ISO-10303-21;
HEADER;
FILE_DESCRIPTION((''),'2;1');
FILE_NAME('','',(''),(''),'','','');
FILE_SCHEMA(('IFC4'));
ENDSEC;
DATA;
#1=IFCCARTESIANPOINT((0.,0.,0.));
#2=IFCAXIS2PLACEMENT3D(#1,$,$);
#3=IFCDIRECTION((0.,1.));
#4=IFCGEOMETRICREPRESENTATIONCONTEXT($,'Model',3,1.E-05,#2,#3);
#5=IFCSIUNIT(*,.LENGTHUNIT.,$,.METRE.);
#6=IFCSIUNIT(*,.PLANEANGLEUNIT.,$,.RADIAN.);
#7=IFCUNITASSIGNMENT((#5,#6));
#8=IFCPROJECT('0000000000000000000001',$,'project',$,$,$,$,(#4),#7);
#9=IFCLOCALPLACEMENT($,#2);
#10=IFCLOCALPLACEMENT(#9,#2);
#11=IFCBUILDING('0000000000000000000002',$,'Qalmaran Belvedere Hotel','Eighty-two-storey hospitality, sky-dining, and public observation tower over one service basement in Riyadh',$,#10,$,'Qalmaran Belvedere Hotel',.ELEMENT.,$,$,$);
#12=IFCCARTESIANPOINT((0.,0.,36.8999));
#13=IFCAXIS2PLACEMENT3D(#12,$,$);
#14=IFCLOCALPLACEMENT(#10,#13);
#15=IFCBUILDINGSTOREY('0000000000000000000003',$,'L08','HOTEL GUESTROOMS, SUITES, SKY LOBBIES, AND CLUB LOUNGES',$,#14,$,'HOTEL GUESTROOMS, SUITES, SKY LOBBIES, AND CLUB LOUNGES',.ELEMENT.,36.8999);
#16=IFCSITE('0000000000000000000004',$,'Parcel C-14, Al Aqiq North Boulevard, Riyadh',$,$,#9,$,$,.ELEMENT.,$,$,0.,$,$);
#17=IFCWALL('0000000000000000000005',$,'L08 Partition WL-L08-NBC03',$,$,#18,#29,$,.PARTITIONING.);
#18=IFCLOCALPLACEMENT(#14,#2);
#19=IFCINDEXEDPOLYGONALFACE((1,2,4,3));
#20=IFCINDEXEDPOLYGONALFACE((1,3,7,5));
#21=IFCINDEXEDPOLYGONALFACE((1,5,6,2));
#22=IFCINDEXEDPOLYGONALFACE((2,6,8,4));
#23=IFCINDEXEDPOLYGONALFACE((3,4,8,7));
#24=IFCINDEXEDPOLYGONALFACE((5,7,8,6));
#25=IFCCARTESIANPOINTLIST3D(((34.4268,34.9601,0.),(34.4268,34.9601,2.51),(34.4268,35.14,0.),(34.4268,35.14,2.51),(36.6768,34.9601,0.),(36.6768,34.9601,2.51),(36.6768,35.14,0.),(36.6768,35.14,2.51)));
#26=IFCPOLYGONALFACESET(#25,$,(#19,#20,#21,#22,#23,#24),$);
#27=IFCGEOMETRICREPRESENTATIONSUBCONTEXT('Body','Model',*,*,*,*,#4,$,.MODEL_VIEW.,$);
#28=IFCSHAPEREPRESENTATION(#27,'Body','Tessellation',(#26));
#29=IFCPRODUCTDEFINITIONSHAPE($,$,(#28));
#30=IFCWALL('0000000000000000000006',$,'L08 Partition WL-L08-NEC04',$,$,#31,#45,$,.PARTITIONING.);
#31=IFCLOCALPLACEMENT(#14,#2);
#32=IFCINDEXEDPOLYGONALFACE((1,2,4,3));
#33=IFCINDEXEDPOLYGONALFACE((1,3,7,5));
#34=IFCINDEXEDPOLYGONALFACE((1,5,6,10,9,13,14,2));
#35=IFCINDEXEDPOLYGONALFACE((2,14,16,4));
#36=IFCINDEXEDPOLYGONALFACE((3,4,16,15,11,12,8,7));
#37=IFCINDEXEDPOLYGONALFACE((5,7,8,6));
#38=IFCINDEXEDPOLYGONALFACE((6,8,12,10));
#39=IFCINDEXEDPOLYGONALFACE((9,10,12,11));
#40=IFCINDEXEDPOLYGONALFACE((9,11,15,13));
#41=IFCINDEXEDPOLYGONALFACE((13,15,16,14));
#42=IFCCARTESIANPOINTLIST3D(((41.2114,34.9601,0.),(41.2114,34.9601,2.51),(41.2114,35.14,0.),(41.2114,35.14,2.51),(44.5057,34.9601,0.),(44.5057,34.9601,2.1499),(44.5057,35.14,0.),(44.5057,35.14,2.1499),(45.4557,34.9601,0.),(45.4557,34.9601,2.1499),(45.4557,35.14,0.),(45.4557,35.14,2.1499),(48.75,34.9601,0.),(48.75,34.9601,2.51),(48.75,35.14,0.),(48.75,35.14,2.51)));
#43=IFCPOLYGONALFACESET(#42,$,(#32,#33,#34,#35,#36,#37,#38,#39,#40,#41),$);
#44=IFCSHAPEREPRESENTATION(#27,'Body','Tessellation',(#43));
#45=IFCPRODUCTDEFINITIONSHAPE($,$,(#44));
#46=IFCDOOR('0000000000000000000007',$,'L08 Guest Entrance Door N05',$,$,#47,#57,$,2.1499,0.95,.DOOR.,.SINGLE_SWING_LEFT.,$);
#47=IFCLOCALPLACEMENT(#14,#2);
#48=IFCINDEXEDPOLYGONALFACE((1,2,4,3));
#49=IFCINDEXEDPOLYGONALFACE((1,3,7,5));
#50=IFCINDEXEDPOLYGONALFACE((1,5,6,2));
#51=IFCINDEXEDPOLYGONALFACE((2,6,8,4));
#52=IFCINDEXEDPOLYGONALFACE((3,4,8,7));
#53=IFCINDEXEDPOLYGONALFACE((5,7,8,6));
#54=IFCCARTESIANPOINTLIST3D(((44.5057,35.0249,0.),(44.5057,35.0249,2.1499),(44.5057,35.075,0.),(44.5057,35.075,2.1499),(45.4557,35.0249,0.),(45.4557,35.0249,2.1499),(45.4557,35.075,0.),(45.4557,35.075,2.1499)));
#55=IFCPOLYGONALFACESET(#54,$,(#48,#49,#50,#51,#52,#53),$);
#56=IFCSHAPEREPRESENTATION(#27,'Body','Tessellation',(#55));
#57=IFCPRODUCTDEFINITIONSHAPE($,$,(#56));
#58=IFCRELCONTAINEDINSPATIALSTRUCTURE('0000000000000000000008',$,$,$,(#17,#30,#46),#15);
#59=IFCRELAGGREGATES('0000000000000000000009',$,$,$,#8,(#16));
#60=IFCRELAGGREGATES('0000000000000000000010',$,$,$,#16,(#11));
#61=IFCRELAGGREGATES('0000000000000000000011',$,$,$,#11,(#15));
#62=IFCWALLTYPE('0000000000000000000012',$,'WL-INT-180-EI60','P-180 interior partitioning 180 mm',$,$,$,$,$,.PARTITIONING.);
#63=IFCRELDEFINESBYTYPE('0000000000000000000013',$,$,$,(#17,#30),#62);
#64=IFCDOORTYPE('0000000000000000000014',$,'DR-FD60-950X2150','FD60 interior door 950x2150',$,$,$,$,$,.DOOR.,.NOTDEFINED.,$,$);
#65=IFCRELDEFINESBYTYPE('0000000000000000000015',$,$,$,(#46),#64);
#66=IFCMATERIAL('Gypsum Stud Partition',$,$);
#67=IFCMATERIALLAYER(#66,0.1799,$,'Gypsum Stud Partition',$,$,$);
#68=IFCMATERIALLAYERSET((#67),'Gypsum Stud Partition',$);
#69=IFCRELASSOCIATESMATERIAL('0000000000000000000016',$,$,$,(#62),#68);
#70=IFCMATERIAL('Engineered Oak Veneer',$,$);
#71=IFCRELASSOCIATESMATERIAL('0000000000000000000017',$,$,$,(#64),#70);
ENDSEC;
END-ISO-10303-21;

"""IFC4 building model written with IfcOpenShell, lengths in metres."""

from ifc_helpers import new_model, si_unit, direction, frame, frame_2d, origin, place, context, subcontext, project, spatial, rectangle, extrude, material, layer, layer_set, type_object, element, fill, save


model = new_model("IFC4")

# Units and contexts
model_context = context("Model", 3, precision=1e-05, world=origin(), true_north=direction((0.0, 1.0)))
body_context = subcontext(model_context, "Body", "Model", "MODEL_VIEW")
ifc_project = project(units=[si_unit("LENGTHUNIT", "METRE"), si_unit("PLANEANGLEUNIT", "RADIAN")], contexts=[model_context])

# Site, building, storey
site_placement = place(None, origin())
site = spatial("IfcSite", under=ifc_project, at=site_placement, Name="Parcel C-14, Al Aqiq North Boulevard, Riyadh", CompositionType="ELEMENT", RefElevation=0.0)
building_placement = place(site_placement, origin())
building = spatial("IfcBuilding", under=site, at=building_placement, Name="Qalmaran Belvedere Hotel", Description="Eighty-two-storey hospitality, sky-dining, and public observation tower over one service basement in Riyadh", LongName="Qalmaran Belvedere Hotel", CompositionType="ELEMENT")
storey_placement = place(building_placement, frame((0.0, 0.0, 36.8999)))
storey = spatial("IfcBuildingStorey", under=building, at=storey_placement, Name="L08", Description="HOTEL GUESTROOMS, SUITES, SKY LOBBIES, AND CLUB LOUNGES", LongName="HOTEL GUESTROOMS, SUITES, SKY LOBBIES, AND CLUB LOUNGES", CompositionType="ELEMENT", Elevation=36.8999)

# Shared definitions
ifc_material_1 = material(Name="Gypsum Stud Partition")

# Shared definitions
ifc_layer_1 = layer(ifc_material_1, 0.1799, Name="Gypsum Stud Partition")
ifc_layer_set_1 = layer_set([ifc_layer_1], Name="Gypsum Stud Partition")
wall_type_1 = type_object("IfcWallType", Name="WL-INT-180-EI60", Description="P-180 interior partitioning 180 mm", PredefinedType="PARTITIONING", material=ifc_layer_set_1)

# Shared definitions
ifc_material_2 = material(Name="Engineered Oak Veneer")
door_type_1 = type_object("IfcDoorType", Name="DR-FD60-950X2150", Description="FD60 interior door 950x2150", OperationType="NOTDEFINED", PredefinedType="DOOR", material=ifc_material_2)

# Wall
wall_1_placement = place(storey_placement, frame((34.4268, 35.05, 0.0), z_axis=(0.0, 0.0, 1.0), x_axis=(1.0, 0.0, 0.0)))
element("IfcWall", 1, at=wall_1_placement, inside=storey, type_object=wall_type_1, Name="L08 Partition WL-L08-NBC03", PredefinedType="PARTITIONING", context=body_context, shape_type="SweptSolid", body=[
    extrude(rectangle(XDim=2.25, YDim=0.1799, at=frame_2d((1.125, 0.0))), origin(), (0.0, 0.0, 1.0), 2.51),
])

# Wall, opening, door
wall_2_placement = place(storey_placement, frame((41.2114, 35.05, 0.0), z_axis=(0.0, 0.0, 1.0), x_axis=(1.0, 0.0, 0.0)))
wall_2 = element("IfcWall", 2, at=wall_2_placement, inside=storey, type_object=wall_type_1, Name="L08 Partition WL-L08-NEC04", PredefinedType="PARTITIONING", context=body_context, shape_type="SweptSolid", body=[
    extrude(rectangle(XDim=7.5386, YDim=0.1799, at=frame_2d((3.7693, 0.0))), origin(), (0.0, 0.0, 1.0), 2.51),
])
opening_1_placement = place(wall_2_placement, frame((3.2942, 0.0, 0.0)))
opening_1 = element("IfcOpeningElement", 3, at=opening_1_placement, cuts=wall_2, PredefinedType="OPENING", context=body_context, shape_type="SweptSolid", body=[
    extrude(rectangle(XDim=0.95, YDim=2.1499, at=frame_2d((0.4751, 1.075))), frame((0.0, 0.1001, 0.0), z_axis=(0.0, -1.0, 0.0), x_axis=(1.0, 0.0, 0.0)), (0.0, 0.0, 1.0), 0.2),
])
door_1_placement = place(opening_1_placement, origin())
door_1 = element("IfcDoor", 4, at=door_1_placement, inside=storey, type_object=door_type_1, Name="L08 Guest Entrance Door N05", OperationType="SINGLE_SWING_LEFT", OverallHeight=2.1499, OverallWidth=0.95, PredefinedType="DOOR", context=body_context, shape_type="SweptSolid", body=[
    extrude(rectangle(XDim=0.95, YDim=2.1499, at=frame_2d((0.4751, 1.075))), frame((0.0, 0.0249, 0.0), z_axis=(0.0, -1.0, 0.0), x_axis=(1.0, 0.0, 0.0)), (0.0, 0.0, 1.0), 0.05),
])
fill(opening_1, door_1)

save(model, "model.ifc")
